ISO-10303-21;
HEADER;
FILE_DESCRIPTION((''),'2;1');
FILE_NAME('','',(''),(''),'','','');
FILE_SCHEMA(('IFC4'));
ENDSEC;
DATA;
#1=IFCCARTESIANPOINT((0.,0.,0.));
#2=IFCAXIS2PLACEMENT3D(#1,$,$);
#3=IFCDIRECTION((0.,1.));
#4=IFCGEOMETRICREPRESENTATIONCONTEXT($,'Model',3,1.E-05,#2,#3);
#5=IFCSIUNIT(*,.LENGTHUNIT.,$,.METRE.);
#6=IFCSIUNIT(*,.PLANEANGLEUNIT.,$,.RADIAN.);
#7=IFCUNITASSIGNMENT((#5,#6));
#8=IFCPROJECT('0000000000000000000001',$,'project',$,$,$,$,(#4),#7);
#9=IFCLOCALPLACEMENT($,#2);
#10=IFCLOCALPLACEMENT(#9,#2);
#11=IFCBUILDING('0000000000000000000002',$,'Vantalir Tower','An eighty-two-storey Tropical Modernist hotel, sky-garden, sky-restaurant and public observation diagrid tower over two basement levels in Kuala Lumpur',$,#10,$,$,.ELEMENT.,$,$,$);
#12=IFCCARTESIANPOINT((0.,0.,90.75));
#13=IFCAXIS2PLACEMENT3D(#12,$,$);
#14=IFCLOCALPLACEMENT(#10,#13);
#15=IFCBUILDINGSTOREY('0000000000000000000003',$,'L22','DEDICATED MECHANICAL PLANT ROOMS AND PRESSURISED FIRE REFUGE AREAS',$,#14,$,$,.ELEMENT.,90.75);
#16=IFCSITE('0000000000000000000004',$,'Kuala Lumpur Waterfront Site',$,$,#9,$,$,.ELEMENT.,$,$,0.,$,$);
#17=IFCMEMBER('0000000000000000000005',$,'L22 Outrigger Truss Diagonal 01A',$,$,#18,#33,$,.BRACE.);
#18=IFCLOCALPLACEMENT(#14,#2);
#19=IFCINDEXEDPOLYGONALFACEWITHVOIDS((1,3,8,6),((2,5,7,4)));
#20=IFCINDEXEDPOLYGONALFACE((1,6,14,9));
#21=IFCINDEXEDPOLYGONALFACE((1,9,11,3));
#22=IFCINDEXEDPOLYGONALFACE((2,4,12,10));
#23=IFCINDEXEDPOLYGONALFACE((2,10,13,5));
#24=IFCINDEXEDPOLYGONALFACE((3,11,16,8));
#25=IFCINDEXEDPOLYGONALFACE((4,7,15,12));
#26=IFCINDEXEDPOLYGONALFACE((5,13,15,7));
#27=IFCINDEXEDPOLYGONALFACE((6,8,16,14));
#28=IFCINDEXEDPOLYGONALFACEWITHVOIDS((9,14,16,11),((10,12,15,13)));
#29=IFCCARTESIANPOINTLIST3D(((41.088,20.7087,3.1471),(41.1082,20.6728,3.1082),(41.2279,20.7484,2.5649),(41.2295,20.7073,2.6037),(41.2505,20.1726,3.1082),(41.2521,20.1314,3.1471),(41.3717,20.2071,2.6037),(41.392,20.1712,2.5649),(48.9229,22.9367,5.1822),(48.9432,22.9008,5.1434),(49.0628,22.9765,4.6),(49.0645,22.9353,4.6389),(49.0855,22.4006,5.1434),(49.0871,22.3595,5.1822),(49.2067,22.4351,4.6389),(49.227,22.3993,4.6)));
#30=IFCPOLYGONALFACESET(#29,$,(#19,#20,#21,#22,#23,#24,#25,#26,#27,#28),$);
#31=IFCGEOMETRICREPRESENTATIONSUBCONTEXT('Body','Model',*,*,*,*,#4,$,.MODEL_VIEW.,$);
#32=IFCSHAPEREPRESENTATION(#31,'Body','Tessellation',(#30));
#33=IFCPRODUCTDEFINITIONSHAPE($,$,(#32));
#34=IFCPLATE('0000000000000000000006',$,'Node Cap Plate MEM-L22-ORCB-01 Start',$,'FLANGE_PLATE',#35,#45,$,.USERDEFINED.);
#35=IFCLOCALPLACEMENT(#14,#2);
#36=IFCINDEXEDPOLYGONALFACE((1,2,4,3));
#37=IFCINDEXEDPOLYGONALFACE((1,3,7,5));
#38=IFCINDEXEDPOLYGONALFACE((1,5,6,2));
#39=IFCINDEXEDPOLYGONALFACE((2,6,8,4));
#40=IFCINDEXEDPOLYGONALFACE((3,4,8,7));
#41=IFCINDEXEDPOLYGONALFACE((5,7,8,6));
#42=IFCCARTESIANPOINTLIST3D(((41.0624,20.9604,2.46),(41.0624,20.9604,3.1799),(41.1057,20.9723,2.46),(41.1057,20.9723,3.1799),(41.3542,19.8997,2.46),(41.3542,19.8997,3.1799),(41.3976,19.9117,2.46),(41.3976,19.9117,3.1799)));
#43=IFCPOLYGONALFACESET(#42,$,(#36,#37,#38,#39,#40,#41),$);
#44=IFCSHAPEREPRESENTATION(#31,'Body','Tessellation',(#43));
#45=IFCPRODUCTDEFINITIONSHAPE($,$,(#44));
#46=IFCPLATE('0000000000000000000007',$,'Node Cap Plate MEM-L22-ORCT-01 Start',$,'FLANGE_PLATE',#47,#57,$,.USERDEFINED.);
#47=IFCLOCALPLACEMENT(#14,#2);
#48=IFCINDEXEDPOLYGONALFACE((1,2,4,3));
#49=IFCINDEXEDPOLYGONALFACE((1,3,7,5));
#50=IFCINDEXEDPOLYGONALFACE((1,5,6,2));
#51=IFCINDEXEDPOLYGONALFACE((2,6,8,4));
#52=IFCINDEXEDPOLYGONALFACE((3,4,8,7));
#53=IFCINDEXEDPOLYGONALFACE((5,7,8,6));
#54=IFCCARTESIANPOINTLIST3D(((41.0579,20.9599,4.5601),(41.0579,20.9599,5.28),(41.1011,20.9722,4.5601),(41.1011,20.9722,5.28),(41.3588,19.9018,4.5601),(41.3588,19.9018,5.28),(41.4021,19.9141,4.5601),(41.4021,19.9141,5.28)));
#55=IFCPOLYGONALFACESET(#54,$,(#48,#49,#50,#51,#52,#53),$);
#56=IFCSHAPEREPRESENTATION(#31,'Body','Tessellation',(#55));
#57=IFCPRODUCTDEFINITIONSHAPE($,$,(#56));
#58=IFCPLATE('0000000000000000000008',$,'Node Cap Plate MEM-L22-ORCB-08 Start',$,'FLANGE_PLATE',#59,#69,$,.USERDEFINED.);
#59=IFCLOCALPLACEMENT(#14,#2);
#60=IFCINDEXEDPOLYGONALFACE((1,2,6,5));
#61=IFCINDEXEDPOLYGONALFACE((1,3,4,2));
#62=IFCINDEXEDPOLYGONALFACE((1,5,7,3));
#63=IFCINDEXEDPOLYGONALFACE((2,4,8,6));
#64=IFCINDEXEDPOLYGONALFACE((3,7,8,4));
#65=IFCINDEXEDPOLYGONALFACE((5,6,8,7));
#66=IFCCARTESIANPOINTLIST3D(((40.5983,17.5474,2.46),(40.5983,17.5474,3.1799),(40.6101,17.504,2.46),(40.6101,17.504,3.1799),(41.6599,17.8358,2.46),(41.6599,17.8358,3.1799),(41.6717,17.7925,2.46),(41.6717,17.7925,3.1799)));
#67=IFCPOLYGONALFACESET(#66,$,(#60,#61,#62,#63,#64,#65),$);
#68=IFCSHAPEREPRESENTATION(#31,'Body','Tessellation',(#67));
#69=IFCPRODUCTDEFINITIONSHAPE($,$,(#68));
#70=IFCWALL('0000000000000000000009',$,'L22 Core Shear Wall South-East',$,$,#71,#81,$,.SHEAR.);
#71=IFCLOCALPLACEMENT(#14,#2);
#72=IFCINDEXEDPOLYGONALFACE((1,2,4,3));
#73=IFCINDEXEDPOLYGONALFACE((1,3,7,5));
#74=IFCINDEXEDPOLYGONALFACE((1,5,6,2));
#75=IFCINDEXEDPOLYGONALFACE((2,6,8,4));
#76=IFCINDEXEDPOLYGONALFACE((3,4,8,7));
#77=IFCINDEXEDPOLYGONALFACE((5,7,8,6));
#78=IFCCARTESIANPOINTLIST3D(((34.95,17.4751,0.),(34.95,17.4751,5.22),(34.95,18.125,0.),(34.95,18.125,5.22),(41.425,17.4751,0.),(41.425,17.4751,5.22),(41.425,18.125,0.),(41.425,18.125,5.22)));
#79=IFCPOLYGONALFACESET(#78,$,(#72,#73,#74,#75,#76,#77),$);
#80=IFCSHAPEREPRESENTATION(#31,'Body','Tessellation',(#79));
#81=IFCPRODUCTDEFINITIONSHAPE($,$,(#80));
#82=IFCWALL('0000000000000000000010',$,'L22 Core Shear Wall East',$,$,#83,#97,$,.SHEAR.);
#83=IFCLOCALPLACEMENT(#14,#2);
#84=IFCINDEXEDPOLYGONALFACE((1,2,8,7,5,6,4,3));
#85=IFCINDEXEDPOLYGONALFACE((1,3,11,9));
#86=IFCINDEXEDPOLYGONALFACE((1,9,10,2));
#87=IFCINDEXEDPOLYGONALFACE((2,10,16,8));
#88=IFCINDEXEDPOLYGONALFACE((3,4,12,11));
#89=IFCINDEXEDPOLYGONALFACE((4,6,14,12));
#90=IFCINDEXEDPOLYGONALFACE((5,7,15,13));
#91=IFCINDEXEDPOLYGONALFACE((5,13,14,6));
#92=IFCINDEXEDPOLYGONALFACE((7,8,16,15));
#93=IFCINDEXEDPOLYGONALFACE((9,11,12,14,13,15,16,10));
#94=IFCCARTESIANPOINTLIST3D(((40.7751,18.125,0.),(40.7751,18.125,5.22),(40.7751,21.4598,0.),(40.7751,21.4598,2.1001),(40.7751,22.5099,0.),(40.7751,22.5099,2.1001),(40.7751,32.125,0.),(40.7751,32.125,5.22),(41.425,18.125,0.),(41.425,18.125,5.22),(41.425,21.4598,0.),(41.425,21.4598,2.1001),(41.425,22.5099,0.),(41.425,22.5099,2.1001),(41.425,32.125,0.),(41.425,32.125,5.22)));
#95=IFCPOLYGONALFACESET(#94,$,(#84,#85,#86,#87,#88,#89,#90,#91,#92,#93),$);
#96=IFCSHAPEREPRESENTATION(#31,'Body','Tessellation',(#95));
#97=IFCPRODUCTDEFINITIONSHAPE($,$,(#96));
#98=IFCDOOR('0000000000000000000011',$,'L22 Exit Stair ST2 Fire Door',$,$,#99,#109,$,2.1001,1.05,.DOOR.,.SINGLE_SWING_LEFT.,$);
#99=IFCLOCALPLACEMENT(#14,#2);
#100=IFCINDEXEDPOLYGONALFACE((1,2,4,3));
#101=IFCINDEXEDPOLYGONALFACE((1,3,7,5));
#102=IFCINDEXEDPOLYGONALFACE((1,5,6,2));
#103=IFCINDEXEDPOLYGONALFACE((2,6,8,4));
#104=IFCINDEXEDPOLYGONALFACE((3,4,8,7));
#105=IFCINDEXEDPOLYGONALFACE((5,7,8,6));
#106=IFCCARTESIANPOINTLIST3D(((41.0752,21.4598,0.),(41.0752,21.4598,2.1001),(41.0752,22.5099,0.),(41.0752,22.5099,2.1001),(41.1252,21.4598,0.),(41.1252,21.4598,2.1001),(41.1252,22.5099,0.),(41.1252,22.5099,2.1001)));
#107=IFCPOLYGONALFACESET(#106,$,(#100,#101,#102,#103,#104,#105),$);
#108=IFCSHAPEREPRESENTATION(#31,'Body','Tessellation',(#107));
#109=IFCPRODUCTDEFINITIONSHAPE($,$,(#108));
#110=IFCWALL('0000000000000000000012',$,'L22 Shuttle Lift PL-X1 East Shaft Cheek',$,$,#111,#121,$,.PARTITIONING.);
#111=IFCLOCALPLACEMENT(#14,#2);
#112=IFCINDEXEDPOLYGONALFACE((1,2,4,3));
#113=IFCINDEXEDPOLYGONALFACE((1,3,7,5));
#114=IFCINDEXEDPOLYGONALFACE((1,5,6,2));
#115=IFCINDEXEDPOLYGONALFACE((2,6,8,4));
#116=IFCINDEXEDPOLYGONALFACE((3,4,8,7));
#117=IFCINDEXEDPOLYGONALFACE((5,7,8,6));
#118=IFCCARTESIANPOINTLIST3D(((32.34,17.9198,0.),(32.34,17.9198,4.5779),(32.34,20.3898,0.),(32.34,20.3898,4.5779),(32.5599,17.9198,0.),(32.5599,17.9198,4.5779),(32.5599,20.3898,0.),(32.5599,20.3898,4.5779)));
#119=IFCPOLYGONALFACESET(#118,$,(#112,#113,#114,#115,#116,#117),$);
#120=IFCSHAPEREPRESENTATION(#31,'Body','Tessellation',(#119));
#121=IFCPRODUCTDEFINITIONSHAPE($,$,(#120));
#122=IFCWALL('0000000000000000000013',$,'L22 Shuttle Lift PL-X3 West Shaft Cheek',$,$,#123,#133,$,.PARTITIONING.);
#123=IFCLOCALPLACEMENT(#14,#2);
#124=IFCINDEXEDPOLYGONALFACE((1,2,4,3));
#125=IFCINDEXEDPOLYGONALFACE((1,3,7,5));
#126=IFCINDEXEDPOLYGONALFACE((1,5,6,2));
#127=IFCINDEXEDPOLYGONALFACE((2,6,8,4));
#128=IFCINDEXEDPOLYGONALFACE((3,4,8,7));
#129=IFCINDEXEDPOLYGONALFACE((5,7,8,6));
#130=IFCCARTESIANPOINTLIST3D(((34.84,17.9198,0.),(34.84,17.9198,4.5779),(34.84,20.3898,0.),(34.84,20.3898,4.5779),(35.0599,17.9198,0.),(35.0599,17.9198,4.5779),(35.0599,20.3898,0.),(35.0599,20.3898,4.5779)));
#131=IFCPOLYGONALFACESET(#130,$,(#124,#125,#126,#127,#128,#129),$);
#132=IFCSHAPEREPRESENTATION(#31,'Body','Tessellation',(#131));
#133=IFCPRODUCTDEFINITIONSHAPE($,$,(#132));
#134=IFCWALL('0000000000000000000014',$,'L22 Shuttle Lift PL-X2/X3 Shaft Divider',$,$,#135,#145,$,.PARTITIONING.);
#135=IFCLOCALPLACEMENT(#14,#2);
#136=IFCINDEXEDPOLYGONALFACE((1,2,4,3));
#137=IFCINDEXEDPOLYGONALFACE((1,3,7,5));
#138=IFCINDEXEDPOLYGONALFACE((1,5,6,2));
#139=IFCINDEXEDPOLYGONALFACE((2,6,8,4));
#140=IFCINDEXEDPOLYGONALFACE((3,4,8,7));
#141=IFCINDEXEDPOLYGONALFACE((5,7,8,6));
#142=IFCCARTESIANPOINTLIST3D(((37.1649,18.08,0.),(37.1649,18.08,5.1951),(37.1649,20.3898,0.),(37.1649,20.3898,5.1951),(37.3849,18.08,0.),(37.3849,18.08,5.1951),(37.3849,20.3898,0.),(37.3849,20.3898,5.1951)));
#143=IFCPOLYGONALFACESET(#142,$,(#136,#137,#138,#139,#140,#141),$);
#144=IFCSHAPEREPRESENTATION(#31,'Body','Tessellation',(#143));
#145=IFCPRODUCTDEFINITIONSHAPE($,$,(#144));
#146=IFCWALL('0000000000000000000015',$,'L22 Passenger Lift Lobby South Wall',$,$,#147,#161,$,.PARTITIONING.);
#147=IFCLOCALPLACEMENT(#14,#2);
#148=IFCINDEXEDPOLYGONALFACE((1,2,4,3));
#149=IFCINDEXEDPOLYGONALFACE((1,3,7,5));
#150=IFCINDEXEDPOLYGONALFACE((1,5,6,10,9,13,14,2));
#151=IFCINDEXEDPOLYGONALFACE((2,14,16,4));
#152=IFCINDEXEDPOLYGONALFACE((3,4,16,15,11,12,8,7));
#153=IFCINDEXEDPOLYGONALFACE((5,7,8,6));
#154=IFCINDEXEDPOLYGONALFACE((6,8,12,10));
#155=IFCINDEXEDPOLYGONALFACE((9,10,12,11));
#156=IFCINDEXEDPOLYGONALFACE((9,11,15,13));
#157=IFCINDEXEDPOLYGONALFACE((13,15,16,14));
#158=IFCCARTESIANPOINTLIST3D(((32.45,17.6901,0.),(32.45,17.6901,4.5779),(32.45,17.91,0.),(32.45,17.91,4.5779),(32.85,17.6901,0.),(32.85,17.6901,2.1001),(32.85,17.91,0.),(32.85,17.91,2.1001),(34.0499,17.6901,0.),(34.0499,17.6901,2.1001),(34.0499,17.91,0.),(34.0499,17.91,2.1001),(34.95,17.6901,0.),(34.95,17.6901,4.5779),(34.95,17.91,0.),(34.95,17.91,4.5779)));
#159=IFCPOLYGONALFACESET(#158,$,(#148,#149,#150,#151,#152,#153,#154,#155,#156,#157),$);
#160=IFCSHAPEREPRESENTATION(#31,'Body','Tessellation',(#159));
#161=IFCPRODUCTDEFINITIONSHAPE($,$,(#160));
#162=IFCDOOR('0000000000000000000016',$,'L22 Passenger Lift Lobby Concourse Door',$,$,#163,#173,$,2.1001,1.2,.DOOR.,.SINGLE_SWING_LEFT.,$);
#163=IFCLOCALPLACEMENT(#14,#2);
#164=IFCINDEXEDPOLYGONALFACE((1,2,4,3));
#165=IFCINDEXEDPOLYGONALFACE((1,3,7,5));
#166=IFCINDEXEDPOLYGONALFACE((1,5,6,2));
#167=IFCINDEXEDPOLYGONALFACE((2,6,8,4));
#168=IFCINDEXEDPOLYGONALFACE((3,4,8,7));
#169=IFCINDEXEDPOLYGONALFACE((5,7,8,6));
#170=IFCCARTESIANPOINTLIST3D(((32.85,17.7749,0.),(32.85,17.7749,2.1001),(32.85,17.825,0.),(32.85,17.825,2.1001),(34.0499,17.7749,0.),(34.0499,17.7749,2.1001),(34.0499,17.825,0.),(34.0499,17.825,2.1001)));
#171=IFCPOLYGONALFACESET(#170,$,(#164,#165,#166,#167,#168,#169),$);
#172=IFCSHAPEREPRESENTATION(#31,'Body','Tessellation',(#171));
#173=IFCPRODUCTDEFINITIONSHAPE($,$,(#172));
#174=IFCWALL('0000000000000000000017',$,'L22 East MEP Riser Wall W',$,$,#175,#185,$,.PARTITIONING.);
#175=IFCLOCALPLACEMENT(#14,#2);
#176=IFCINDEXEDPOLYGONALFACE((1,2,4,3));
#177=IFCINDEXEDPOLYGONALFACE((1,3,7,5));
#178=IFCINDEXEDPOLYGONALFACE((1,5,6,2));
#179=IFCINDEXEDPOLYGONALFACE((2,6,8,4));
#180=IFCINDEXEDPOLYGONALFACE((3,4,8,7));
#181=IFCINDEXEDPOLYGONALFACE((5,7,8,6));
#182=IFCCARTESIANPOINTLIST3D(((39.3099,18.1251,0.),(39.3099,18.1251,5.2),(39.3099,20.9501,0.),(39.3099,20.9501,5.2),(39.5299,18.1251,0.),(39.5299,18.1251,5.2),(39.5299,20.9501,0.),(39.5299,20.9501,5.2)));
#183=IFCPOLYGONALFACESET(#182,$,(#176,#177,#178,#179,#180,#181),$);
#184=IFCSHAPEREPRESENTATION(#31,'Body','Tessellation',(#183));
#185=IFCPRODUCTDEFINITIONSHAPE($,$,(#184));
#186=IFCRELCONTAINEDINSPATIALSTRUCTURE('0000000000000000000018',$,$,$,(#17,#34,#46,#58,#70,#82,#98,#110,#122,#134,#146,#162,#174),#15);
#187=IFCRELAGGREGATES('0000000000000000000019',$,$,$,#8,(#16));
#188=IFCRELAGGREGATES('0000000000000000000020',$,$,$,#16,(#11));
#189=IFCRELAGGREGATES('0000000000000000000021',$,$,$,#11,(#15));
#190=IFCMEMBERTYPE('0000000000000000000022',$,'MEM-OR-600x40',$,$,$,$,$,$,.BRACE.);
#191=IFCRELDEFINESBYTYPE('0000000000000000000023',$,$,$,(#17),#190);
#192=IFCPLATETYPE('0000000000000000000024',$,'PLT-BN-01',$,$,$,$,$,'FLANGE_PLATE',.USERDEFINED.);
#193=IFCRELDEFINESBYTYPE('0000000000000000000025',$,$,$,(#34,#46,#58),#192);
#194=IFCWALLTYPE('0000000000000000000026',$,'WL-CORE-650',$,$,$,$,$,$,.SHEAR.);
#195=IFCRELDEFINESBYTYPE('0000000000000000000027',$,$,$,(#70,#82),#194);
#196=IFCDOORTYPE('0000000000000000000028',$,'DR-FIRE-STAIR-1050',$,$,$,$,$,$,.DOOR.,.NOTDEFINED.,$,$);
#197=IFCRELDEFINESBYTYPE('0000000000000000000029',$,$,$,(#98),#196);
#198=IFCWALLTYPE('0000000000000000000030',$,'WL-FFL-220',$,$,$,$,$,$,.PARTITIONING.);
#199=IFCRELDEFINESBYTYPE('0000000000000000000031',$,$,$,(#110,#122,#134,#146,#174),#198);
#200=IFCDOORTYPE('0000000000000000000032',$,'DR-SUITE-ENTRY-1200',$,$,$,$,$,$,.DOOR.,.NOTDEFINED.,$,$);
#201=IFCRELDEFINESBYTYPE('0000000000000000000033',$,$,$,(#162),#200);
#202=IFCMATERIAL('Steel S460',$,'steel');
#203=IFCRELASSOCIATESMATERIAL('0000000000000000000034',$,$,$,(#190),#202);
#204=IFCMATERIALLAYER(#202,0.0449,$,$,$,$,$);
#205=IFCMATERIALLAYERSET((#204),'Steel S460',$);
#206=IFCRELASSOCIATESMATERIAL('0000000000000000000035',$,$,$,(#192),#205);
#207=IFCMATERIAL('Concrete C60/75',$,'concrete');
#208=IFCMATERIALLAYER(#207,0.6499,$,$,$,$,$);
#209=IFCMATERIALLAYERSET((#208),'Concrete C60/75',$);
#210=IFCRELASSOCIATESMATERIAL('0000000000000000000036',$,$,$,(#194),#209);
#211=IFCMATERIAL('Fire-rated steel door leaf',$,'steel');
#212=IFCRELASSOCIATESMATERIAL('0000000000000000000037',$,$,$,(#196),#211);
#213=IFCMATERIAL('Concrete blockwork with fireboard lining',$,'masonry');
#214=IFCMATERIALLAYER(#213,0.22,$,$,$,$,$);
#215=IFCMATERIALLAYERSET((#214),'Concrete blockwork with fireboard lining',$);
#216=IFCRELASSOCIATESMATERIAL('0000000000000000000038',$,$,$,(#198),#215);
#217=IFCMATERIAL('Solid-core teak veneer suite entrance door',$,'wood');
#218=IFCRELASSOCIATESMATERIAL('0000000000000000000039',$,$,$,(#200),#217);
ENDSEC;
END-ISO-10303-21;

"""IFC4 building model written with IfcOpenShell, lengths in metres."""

from ifc_helpers import new_model, si_unit, direction, frame, frame_2d, origin, origin_2d, place, context, subcontext, project, spatial, rectangle, hollow_rectangle, extrude, material, layer, layer_set, material_profile, profile_set, type_object, element, fill, save


model = new_model("IFC4")

# Units and contexts
model_context = context("Model", 3, precision=1e-05, world=origin(), true_north=direction((0.0, 1.0)))
body_context = subcontext(model_context, "Body", "Model", "MODEL_VIEW")
ifc_project = project(units=[si_unit("LENGTHUNIT", "METRE"), si_unit("PLANEANGLEUNIT", "RADIAN")], contexts=[model_context])

# Site, building, storey
site_placement = place(None, origin())
site = spatial("IfcSite", under=ifc_project, at=site_placement, Name="Kuala Lumpur Waterfront Site", CompositionType="ELEMENT", RefElevation=0.0)
building_placement = place(site_placement, origin())
building = spatial("IfcBuilding", under=site, at=building_placement, Name="Vantalir Tower", Description="An eighty-two-storey Tropical Modernist hotel, sky-garden, sky-restaurant and public observation diagrid tower over two basement levels in Kuala Lumpur", CompositionType="ELEMENT")
storey_placement = place(building_placement, frame((0.0, 0.0, 90.75)))
storey = spatial("IfcBuildingStorey", under=building, at=storey_placement, Name="L22", Description="DEDICATED MECHANICAL PLANT ROOMS AND PRESSURISED FIRE REFUGE AREAS", CompositionType="ELEMENT", Elevation=90.75)

# Shared definitions
ifc_material_1 = material(Name="Concrete C60/75", Category="concrete")

# Member
ifc_material_2 = material(Name="Steel S460", Category="steel")
ifc_material_profile_1 = material_profile(ifc_material_2, hollow_rectangle(XDim=0.6001, YDim=0.6001, WallThickness=0.04, at=origin_2d()), Name="Steel S460")
ifc_profile_set_1 = profile_set([ifc_material_profile_1], Name="Steel S460")
member_type_1 = type_object("IfcMemberType", Name="MEM-OR-600x40", PredefinedType="BRACE", material=ifc_profile_set_1)
member_1_placement = place(storey_placement, frame((41.24, 20.4399, 2.856), z_axis=(0.933179, 0.265368, 0.242396), x_axis=(-0.273525, 0.961865, 0.0)))
element("IfcMember", 1, at=member_1_placement, inside=storey, type_object=member_type_1, Name="L22 Outrigger Truss Diagonal 01A", PredefinedType="BRACE", context=body_context, shape_type="SweptSolid", body=[
    extrude(hollow_rectangle(XDim=0.6001, YDim=0.6001, WallThickness=0.04, at=origin_2d()), origin(), (0.0, 0.0, 1.0), 8.396),
])

# Plates
ifc_layer_1 = layer(ifc_material_2, 0.0449)
ifc_layer_set_1 = layer_set([ifc_layer_1], Name="Steel S460")
plate_type = type_object("IfcPlateType", Name="PLT-BN-01", ElementType="FLANGE_PLATE", PredefinedType="USERDEFINED", material=ifc_layer_set_1)
for number, where, z_axis, x_axis, name in (
    (2, (41.23, 20.436, 2.46), (0.0, 0.0, 1.0), (0.96417, 0.265287, 0.0), "Node Cap Plate MEM-L22-ORCB-01 Start"),
    (3, (41.23, 20.437, 4.5601), (0.0, 0.0, 1.0), (0.961856, 0.273556, 0.0), "Node Cap Plate MEM-L22-ORCT-01 Start"),
    (4, (41.135, 17.6699, 2.46), (0.0, 0.0, 1.0), (0.262206, -0.965012, 0.0), "Node Cap Plate MEM-L22-ORCB-08 Start"),
):
    element("IfcPlate", number, at=place(storey_placement, frame(where, z_axis=z_axis, x_axis=x_axis)), inside=storey, type_object=plate_type, Name=name, ObjectType="FLANGE_PLATE", PredefinedType="USERDEFINED", context=body_context, shape_type="SweptSolid", body=[
        extrude(rectangle(XDim=0.0449, YDim=1.1001, at=origin_2d()), origin(), (0.0, 0.0, 1.0), 0.72),
    ])

# Wall
ifc_layer_2 = layer(ifc_material_1, 0.6499)
ifc_layer_set_2 = layer_set([ifc_layer_2], Name="Concrete C60/75")
wall_type_1 = type_object("IfcWallType", Name="WL-CORE-650", PredefinedType="SHEAR", material=ifc_layer_set_2)
wall_1_placement = place(storey_placement, frame((34.95, 17.8, 0.0), z_axis=(0.0, 0.0, 1.0), x_axis=(1.0, 0.0, 0.0)))
element("IfcWall", 5, at=wall_1_placement, inside=storey, type_object=wall_type_1, Name="L22 Core Shear Wall South-East", PredefinedType="SHEAR", context=body_context, shape_type="SweptSolid", body=[
    extrude(rectangle(XDim=6.4751, YDim=0.6499, at=frame_2d((3.2375, 0.0))), origin(), (0.0, 0.0, 1.0), 5.22),
])

# Wall, opening, door
wall_2_placement = place(storey_placement, frame((41.1001, 18.125, 0.0), z_axis=(0.0, 0.0, 1.0), x_axis=(0.0, 1.0, 0.0)))
wall_2 = element("IfcWall", 6, at=wall_2_placement, inside=storey, type_object=wall_type_1, Name="L22 Core Shear Wall East", PredefinedType="SHEAR", context=body_context, shape_type="SweptSolid", body=[
    extrude(rectangle(XDim=14.0, YDim=0.6499, at=frame_2d((7.0, 0.0))), origin(), (0.0, 0.0, 1.0), 5.22),
])
opening_1_placement = place(wall_2_placement, frame((3.335, 0.0, 0.0)))
opening_1 = element("IfcOpeningElement", 7, at=opening_1_placement, cuts=wall_2, PredefinedType="OPENING", context=body_context, shape_type="SweptSolid", body=[
    extrude(rectangle(XDim=1.05, YDim=2.1001, at=frame_2d((0.5249, 1.05))), frame((0.0, 0.335, 0.0), z_axis=(0.0, -1.0, 0.0), x_axis=(1.0, 0.0, 0.0)), (0.0, 0.0, 1.0), 0.6699),
])
ifc_material_3 = material(Name="Fire-rated steel door leaf", Category="steel")
door_type_1 = type_object("IfcDoorType", Name="DR-FIRE-STAIR-1050", OperationType="NOTDEFINED", PredefinedType="DOOR", material=ifc_material_3)
door_1_placement = place(opening_1_placement, origin())
door_1 = element("IfcDoor", 8, at=door_1_placement, inside=storey, type_object=door_type_1, Name="L22 Exit Stair ST2 Fire Door", OperationType="SINGLE_SWING_LEFT", OverallHeight=2.1001, OverallWidth=1.05, PredefinedType="DOOR", context=body_context, shape_type="SweptSolid", body=[
    extrude(rectangle(XDim=1.05, YDim=2.1001, at=frame_2d((0.5249, 1.05))), frame((0.0, 0.0249, 0.0), z_axis=(0.0, -1.0, 0.0), x_axis=(1.0, 0.0, 0.0)), (0.0, 0.0, 1.0), 0.05),
])
fill(opening_1, door_1)

# Walls
ifc_material_4 = material(Name="Concrete blockwork with fireboard lining", Category="masonry")
ifc_layer_3 = layer(ifc_material_4, 0.22)
ifc_layer_set_3 = layer_set([ifc_layer_3], Name="Concrete blockwork with fireboard lining")
wall_type_2 = type_object("IfcWallType", Name="WL-FFL-220", PredefinedType="PARTITIONING", material=ifc_layer_set_3)
for number, where, z_axis, x_axis, name in (
    (9, (32.45, 17.9199, 0.0), (0.0, 0.0, 1.0), (0.0, 1.0, 0.0), "L22 Shuttle Lift PL-X1 East Shaft Cheek"),
    (10, (34.95, 17.9199, 0.0), (0.0, 0.0, 1.0), (0.0, 1.0, 0.0), "L22 Shuttle Lift PL-X3 West Shaft Cheek"),
):
    element("IfcWall", number, at=place(storey_placement, frame(where, z_axis=z_axis, x_axis=x_axis)), inside=storey, type_object=wall_type_2, Name=name, PredefinedType="PARTITIONING", context=body_context, shape_type="SweptSolid", body=[
        extrude(rectangle(XDim=2.47, YDim=0.22, at=frame_2d((1.2349, 0.0))), origin(), (0.0, 0.0, 1.0), 4.5779),
    ])
wall_3_placement = place(storey_placement, frame((37.2749, 18.0801, 0.0), z_axis=(0.0, 0.0, 1.0), x_axis=(0.0, 1.0, 0.0)))
element("IfcWall", 11, at=wall_3_placement, inside=storey, type_object=wall_type_2, Name="L22 Shuttle Lift PL-X2/X3 Shaft Divider", PredefinedType="PARTITIONING", context=body_context, shape_type="SweptSolid", body=[
    extrude(rectangle(XDim=2.3098, YDim=0.22, at=frame_2d((1.1548, 0.0))), origin(), (0.0, 0.0, 1.0), 5.1951),
])

# Wall, opening, door
wall_4_placement = place(storey_placement, frame((32.45, 17.8, 0.0), z_axis=(0.0, 0.0, 1.0), x_axis=(1.0, 0.0, 0.0)))
wall_4 = element("IfcWall", 12, at=wall_4_placement, inside=storey, type_object=wall_type_2, Name="L22 Passenger Lift Lobby South Wall", PredefinedType="PARTITIONING", context=body_context, shape_type="SweptSolid", body=[
    extrude(rectangle(XDim=2.5, YDim=0.22, at=frame_2d((1.25, 0.0))), origin(), (0.0, 0.0, 1.0), 4.5779),
])
opening_2_placement = place(wall_4_placement, frame((0.3999, 0.0, 0.0)))
opening_2 = element("IfcOpeningElement", 13, at=opening_2_placement, cuts=wall_4, PredefinedType="OPENING", context=body_context, shape_type="SweptSolid", body=[
    extrude(rectangle(XDim=1.2, YDim=2.1001, at=frame_2d((0.6001, 1.05))), frame((0.0, 0.1199, 0.0), z_axis=(0.0, -1.0, 0.0), x_axis=(1.0, 0.0, 0.0)), (0.0, 0.0, 1.0), 0.24),
])
ifc_material_5 = material(Name="Solid-core teak veneer suite entrance door", Category="wood")
door_type_2 = type_object("IfcDoorType", Name="DR-SUITE-ENTRY-1200", OperationType="NOTDEFINED", PredefinedType="DOOR", material=ifc_material_5)
door_2_placement = place(opening_2_placement, origin())
door_2 = element("IfcDoor", 14, at=door_2_placement, inside=storey, type_object=door_type_2, Name="L22 Passenger Lift Lobby Concourse Door", OperationType="SINGLE_SWING_LEFT", OverallHeight=2.1001, OverallWidth=1.2, PredefinedType="DOOR", context=body_context, shape_type="SweptSolid", body=[
    extrude(rectangle(XDim=1.2, YDim=2.1001, at=frame_2d((0.6001, 1.05))), frame((0.0, 0.0249, 0.0), z_axis=(0.0, -1.0, 0.0), x_axis=(1.0, 0.0, 0.0)), (0.0, 0.0, 1.0), 0.05),
])
fill(opening_2, door_2)

# Wall
wall_5_placement = place(storey_placement, frame((39.4199, 18.125, 0.0), z_axis=(0.0, 0.0, 1.0), x_axis=(0.0, 1.0, 0.0)))
element("IfcWall", 15, at=wall_5_placement, inside=storey, type_object=wall_type_2, Name="L22 East MEP Riser Wall W", PredefinedType="PARTITIONING", context=body_context, shape_type="SweptSolid", body=[
    extrude(rectangle(XDim=2.825, YDim=0.22, at=frame_2d((1.4126, 0.0))), origin(), (0.0, 0.0, 1.0), 5.2),
])

save(model, "model.ifc")
